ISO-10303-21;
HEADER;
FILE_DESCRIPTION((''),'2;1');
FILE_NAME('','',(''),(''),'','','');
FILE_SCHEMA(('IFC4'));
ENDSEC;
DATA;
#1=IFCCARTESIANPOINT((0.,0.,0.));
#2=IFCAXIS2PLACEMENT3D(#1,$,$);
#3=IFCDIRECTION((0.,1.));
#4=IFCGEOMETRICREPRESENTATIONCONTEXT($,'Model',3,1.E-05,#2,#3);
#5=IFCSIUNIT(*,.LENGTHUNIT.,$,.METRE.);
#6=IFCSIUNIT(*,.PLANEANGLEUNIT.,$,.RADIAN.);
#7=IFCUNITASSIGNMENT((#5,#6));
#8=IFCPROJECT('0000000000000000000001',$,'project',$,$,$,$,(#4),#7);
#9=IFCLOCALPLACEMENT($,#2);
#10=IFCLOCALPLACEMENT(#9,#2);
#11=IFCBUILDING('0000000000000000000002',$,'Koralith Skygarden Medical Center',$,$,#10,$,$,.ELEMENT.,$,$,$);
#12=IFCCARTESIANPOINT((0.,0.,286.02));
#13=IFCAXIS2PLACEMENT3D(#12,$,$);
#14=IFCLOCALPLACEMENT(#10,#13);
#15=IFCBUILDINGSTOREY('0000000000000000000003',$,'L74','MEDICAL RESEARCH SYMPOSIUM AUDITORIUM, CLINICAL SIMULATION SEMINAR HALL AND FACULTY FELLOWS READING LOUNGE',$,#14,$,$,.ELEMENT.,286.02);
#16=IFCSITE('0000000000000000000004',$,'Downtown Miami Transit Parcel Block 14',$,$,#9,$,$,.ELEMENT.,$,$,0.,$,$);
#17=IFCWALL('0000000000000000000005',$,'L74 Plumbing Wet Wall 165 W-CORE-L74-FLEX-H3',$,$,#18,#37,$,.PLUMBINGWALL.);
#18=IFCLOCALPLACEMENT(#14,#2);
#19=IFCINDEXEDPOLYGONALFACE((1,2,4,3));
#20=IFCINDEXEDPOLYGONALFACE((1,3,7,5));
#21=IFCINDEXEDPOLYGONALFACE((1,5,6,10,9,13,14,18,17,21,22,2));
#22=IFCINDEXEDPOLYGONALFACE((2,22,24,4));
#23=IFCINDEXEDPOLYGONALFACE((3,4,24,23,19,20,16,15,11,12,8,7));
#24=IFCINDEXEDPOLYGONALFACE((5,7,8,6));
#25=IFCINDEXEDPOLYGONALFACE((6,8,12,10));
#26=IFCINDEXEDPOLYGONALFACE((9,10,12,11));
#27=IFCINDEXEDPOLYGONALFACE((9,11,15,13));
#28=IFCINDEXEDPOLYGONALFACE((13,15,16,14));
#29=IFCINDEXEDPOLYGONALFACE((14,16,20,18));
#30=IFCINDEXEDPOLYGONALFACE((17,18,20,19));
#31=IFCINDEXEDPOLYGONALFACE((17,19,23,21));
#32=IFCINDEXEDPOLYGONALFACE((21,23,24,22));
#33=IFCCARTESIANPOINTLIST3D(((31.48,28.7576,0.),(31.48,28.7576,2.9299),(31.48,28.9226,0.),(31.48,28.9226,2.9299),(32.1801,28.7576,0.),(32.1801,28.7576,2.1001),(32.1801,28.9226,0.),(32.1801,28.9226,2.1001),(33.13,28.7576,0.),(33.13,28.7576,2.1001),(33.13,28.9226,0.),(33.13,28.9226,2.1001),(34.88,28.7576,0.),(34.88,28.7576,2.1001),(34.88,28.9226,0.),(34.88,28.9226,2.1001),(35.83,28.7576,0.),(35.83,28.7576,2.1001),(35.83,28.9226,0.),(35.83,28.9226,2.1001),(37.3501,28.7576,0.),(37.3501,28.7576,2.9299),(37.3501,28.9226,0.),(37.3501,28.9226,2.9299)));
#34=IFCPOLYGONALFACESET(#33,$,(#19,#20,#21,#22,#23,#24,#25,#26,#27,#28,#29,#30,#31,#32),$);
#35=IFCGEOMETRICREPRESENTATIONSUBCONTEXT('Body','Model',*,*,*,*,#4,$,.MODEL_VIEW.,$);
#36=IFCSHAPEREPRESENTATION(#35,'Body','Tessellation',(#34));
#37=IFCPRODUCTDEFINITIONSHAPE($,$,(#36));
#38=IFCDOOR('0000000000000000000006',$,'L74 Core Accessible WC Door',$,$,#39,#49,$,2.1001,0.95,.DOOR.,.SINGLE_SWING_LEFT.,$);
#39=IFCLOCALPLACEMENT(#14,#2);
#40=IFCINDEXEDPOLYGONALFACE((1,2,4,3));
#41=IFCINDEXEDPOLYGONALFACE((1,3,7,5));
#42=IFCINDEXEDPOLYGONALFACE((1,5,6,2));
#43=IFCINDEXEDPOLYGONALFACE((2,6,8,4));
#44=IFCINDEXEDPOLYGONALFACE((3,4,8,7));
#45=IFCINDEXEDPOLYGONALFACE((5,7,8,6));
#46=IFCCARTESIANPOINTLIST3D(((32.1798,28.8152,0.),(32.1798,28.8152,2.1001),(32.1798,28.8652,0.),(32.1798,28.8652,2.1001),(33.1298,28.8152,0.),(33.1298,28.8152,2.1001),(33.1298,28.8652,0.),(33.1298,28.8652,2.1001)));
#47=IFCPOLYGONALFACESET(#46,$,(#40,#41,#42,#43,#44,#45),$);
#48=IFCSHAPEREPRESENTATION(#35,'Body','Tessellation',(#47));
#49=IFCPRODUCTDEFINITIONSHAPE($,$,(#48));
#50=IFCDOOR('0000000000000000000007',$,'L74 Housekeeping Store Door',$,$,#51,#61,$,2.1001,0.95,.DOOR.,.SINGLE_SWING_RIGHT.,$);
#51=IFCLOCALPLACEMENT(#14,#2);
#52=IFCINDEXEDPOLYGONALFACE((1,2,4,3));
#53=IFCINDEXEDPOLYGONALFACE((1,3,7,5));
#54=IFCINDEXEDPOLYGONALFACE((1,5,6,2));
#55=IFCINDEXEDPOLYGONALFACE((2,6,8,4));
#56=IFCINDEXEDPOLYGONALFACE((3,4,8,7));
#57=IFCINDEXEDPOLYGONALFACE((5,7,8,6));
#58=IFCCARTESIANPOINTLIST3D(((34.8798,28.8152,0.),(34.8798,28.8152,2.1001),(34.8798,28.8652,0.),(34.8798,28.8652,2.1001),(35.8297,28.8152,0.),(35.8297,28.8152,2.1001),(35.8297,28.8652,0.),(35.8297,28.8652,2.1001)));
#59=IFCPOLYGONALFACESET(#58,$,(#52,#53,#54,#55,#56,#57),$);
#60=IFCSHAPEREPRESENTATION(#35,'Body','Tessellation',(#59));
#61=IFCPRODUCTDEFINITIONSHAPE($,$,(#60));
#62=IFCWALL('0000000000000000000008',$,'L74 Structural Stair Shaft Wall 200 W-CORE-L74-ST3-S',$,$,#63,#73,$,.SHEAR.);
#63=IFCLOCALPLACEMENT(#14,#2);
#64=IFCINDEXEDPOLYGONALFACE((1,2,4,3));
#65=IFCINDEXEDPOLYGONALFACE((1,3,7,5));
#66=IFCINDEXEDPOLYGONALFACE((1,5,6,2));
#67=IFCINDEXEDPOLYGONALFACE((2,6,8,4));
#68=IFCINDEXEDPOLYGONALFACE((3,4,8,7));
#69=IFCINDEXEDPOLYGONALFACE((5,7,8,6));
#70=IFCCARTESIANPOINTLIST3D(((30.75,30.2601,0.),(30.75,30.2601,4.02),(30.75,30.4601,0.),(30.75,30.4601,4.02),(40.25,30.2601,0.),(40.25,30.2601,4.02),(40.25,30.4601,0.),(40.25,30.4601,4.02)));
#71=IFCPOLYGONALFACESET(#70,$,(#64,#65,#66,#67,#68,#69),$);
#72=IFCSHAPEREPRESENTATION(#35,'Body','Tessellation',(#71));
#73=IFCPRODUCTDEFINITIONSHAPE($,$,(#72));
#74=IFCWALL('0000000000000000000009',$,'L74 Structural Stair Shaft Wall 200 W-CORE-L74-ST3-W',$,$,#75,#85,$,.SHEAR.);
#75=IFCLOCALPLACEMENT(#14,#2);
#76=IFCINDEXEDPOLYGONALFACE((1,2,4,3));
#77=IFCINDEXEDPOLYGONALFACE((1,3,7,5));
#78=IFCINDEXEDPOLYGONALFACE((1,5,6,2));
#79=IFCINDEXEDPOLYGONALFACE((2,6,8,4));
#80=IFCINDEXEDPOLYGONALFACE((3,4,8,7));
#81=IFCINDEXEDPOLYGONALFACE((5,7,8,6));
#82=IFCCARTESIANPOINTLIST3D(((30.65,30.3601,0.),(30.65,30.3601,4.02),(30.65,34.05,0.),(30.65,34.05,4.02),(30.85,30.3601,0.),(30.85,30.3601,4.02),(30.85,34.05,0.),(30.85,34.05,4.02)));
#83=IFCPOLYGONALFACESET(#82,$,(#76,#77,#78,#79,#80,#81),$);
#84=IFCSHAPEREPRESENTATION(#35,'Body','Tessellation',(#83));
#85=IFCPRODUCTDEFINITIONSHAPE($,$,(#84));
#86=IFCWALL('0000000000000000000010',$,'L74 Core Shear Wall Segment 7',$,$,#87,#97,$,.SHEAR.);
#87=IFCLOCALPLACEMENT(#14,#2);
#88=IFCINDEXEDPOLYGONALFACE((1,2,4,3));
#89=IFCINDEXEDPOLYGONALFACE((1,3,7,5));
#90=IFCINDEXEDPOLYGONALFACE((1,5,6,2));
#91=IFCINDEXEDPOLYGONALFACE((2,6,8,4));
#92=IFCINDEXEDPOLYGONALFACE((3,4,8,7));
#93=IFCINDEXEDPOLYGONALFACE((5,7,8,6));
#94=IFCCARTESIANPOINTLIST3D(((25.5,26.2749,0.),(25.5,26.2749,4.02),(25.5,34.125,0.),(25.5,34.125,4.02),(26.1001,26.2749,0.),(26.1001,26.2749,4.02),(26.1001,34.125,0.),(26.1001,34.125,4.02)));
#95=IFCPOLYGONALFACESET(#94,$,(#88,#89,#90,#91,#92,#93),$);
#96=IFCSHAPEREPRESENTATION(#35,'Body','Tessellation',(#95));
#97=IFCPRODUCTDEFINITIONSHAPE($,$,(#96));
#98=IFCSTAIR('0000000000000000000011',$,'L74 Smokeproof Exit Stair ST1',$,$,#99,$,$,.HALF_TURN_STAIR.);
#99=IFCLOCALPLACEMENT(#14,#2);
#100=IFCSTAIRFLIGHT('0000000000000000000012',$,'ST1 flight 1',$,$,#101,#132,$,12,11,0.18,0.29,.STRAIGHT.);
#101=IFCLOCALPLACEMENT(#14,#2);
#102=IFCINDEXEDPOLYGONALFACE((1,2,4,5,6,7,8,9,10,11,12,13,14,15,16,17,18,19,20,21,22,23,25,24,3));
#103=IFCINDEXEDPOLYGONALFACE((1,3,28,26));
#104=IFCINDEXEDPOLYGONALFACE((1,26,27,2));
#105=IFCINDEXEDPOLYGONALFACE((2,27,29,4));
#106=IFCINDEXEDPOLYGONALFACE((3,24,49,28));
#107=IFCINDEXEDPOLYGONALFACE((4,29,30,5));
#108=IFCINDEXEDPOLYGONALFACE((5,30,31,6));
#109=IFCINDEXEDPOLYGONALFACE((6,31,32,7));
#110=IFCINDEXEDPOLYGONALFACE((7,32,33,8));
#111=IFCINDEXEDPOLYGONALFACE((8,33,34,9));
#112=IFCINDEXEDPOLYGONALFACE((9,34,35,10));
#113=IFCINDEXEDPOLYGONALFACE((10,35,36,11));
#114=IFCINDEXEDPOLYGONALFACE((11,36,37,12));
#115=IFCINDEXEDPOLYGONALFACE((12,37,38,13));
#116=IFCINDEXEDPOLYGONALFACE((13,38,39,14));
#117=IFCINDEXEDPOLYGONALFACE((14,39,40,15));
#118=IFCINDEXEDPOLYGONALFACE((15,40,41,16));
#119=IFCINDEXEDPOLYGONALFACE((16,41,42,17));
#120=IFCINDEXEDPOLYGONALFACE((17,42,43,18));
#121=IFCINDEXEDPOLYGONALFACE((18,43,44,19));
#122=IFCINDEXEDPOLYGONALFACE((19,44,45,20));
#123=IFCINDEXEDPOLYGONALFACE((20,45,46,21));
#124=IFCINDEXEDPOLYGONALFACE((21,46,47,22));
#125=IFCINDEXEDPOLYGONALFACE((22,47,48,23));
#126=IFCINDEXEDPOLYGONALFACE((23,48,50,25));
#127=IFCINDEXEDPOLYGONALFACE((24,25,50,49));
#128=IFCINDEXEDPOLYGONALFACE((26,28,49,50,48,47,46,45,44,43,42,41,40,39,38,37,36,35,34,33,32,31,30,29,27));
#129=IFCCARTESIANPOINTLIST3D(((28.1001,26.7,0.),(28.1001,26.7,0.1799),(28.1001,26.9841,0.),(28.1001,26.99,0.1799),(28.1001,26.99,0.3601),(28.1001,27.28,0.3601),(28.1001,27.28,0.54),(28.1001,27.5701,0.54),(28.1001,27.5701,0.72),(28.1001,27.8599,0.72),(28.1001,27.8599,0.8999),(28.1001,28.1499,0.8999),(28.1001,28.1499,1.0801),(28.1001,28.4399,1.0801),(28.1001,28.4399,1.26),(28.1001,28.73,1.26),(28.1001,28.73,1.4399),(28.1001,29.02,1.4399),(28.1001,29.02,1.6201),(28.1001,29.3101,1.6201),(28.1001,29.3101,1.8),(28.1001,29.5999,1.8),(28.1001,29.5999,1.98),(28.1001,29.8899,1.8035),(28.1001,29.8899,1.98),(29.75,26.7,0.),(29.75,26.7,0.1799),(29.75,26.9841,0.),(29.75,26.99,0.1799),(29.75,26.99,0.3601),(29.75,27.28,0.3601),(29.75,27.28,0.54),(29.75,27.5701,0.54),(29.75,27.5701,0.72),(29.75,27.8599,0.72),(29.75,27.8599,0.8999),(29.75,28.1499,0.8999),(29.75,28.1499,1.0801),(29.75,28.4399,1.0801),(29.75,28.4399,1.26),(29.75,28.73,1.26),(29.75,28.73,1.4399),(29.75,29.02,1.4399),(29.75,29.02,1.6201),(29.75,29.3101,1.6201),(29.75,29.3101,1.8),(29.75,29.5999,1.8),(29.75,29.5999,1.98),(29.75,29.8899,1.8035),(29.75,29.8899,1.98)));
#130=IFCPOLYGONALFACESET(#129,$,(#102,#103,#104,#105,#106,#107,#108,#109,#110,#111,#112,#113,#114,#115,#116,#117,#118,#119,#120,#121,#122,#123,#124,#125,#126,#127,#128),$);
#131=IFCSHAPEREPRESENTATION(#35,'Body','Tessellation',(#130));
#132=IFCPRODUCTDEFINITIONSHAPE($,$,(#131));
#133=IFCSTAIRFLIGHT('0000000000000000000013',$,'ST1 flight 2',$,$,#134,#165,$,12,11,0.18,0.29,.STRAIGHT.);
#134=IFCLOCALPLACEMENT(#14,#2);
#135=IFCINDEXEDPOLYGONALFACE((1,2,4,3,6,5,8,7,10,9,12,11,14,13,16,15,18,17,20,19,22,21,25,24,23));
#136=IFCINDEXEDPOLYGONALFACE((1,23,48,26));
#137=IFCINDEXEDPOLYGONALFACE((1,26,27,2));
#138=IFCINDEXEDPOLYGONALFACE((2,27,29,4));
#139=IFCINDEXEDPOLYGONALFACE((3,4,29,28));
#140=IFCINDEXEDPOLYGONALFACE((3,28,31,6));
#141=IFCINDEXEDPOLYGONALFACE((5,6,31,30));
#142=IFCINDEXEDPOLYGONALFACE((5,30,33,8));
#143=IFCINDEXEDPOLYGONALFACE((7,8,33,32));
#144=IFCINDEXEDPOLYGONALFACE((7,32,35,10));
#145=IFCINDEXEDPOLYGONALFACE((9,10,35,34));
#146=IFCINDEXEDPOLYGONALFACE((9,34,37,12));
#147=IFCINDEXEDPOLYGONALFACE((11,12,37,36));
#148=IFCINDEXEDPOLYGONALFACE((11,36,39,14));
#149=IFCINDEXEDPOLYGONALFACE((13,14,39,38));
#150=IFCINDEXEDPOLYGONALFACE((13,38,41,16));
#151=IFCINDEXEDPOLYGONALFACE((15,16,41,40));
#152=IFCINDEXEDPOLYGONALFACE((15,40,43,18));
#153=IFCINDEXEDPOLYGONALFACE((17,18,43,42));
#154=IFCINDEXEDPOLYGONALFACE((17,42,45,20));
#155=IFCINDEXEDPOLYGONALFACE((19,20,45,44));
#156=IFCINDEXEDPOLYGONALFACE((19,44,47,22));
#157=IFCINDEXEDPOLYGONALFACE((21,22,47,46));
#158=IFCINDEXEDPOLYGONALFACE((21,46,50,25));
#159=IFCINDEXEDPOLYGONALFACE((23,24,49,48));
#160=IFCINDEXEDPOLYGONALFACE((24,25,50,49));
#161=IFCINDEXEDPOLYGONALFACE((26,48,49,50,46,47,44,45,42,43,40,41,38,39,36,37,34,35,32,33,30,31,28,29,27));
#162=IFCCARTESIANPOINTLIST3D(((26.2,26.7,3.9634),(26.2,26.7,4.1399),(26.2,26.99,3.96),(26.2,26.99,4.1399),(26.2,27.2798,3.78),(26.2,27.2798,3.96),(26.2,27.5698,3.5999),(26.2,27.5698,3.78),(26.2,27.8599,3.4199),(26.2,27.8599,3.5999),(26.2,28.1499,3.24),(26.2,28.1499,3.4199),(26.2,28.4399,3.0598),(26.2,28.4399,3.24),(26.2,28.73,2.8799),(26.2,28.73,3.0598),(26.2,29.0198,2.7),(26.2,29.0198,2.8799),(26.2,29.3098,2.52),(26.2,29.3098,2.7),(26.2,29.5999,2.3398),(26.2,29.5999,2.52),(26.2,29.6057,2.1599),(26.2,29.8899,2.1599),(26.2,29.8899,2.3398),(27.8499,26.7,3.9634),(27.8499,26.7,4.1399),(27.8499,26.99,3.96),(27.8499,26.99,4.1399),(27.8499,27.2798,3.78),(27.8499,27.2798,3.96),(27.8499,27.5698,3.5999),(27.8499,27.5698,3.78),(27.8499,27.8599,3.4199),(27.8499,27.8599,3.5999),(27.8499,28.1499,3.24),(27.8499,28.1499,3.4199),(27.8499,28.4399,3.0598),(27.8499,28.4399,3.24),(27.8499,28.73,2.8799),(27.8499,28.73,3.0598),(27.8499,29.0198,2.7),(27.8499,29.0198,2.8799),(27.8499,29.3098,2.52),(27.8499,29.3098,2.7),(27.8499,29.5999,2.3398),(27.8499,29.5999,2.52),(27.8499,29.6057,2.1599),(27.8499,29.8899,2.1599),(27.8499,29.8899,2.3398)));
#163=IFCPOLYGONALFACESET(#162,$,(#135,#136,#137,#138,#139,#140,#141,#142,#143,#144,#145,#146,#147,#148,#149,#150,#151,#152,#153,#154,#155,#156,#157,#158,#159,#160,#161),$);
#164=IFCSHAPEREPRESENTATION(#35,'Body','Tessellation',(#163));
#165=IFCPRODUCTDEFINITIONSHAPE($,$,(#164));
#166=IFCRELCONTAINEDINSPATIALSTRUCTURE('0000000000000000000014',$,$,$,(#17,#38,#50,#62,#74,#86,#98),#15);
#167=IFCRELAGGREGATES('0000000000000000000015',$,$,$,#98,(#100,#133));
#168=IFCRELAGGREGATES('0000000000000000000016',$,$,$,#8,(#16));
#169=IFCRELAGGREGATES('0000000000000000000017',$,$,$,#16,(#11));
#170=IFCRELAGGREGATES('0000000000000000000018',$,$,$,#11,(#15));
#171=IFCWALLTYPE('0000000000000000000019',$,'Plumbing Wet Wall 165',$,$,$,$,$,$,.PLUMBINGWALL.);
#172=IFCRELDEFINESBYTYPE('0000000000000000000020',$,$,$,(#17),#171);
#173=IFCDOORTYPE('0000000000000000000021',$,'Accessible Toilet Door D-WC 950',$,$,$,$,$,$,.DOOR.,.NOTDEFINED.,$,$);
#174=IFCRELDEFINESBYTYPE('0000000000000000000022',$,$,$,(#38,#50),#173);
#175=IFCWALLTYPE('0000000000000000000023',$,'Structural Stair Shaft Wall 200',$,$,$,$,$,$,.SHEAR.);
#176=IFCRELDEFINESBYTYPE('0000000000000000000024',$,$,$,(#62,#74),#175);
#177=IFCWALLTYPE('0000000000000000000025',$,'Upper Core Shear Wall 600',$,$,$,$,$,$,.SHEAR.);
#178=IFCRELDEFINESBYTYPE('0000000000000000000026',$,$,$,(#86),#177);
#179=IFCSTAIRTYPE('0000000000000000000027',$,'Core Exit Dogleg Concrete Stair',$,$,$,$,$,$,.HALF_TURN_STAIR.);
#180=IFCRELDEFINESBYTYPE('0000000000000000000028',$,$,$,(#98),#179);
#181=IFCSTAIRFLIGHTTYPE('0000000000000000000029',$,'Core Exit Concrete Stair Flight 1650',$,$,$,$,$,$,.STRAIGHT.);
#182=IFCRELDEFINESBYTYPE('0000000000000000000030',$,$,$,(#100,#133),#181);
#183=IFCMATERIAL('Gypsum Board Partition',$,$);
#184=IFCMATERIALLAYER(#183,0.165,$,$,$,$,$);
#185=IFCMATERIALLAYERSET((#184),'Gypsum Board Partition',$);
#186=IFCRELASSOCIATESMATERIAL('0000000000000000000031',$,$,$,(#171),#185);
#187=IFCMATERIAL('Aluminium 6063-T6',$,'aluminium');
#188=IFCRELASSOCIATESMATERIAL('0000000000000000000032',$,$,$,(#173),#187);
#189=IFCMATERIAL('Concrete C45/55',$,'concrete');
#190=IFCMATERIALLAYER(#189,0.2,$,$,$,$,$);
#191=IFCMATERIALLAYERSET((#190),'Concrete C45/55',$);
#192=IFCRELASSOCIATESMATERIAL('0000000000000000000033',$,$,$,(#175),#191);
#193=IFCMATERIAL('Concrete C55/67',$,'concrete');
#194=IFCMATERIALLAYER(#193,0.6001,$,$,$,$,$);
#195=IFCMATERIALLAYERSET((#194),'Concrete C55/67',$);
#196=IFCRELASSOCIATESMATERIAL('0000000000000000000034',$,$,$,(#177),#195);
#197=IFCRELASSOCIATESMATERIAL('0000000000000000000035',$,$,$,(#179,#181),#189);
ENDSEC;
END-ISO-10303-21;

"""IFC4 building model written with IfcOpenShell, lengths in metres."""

from ifc_helpers import new_model, si_unit, direction, frame, frame_2d, origin, place, context, subcontext, project, spatial, polyline, rectangle, outline, extrude, material, layer, layer_set, type_object, element, fill, aggregate, save


model = new_model("IFC4")

# Units and contexts
model_context = context("Model", 3, precision=1e-05, world=origin(), true_north=direction((0.0, 1.0)))
body_context = subcontext(model_context, "Body", "Model", "MODEL_VIEW")
ifc_project = project(units=[si_unit("LENGTHUNIT", "METRE"), si_unit("PLANEANGLEUNIT", "RADIAN")], contexts=[model_context])

# Site, building, storey
site_placement = place(None, origin())
site = spatial("IfcSite", under=ifc_project, at=site_placement, Name="Downtown Miami Transit Parcel Block 14", CompositionType="ELEMENT", RefElevation=0.0)
building_placement = place(site_placement, origin())
building = spatial("IfcBuilding", under=site, at=building_placement, Name="Koralith Skygarden Medical Center", CompositionType="ELEMENT")
storey_placement = place(building_placement, frame((0.0, 0.0, 286.02)))
storey = spatial("IfcBuildingStorey", under=building, at=storey_placement, Name="L74", Description="MEDICAL RESEARCH SYMPOSIUM AUDITORIUM, CLINICAL SIMULATION SEMINAR HALL AND FACULTY FELLOWS READING LOUNGE", CompositionType="ELEMENT", Elevation=286.02)

# Shared definitions
ifc_material_1 = material(Name="Concrete C55/67", Category="concrete")

# Shared definitions
ifc_material_2 = material(Name="Concrete C45/55", Category="concrete")

# Shared definitions
ifc_material_3 = material(Name="Gypsum Board Partition")

# Shared definitions
ifc_layer_1 = layer(ifc_material_3, 0.165)
ifc_layer_set_1 = layer_set([ifc_layer_1], Name="Gypsum Board Partition")
wall_type_1 = type_object("IfcWallType", Name="Plumbing Wet Wall 165", PredefinedType="PLUMBINGWALL", material=ifc_layer_set_1)
ifc_material_4 = material(Name="Aluminium 6063-T6", Category="aluminium")

# Wall, openings, doors
wall_1_placement = place(storey_placement, frame((31.48, 28.8401, 0.0), z_axis=(0.0, 0.0, 1.0), x_axis=(1.0, 0.0, 0.0)))
wall_1 = element("IfcWall", 1, at=wall_1_placement, inside=storey, type_object=wall_type_1, Name="L74 Plumbing Wet Wall 165 W-CORE-L74-FLEX-H3", PredefinedType="PLUMBINGWALL", context=body_context, shape_type="SweptSolid", body=[
    extrude(rectangle(XDim=5.8701, YDim=0.165, at=frame_2d((2.9351, 0.0))), origin(), (0.0, 0.0, 1.0), 2.9299),
])
opening_1_placement = place(wall_1_placement, frame((0.7, 0.0, 0.0)))
opening_1 = element("IfcOpeningElement", 2, at=opening_1_placement, cuts=wall_1, PredefinedType="OPENING", context=body_context, shape_type="SweptSolid", body=[
    extrude(rectangle(XDim=0.95, YDim=2.1001, at=frame_2d((0.4751, 1.05))), frame((0.0, 0.0925, 0.0), z_axis=(0.0, -1.0, 0.0), x_axis=(1.0, 0.0, 0.0)), (0.0, 0.0, 1.0), 0.1851),
])
opening_2_placement = place(wall_1_placement, frame((3.3999, 0.0, 0.0)))
opening_2 = element("IfcOpeningElement", 3, at=opening_2_placement, cuts=wall_1, PredefinedType="OPENING", context=body_context, shape_type="SweptSolid", body=[
    extrude(rectangle(XDim=0.95, YDim=2.1001, at=frame_2d((0.4751, 1.05))), frame((0.0, 0.0925, 0.0), z_axis=(0.0, -1.0, 0.0), x_axis=(1.0, 0.0, 0.0)), (0.0, 0.0, 1.0), 0.1851),
])
door_type_1 = type_object("IfcDoorType", Name="Accessible Toilet Door D-WC 950", OperationType="NOTDEFINED", PredefinedType="DOOR", material=ifc_material_4)
door_1_placement = place(opening_1_placement, frame((0.95, 0.0, 0.0), z_axis=(0.0, 0.0, 1.0), x_axis=(-1.0, 0.0, 0.0)))
door_1 = element("IfcDoor", 4, at=door_1_placement, inside=storey, type_object=door_type_1, Name="L74 Core Accessible WC Door", OperationType="SINGLE_SWING_LEFT", OverallHeight=2.1001, OverallWidth=0.95, PredefinedType="DOOR", context=body_context, shape_type="SweptSolid", body=[
    extrude(rectangle(XDim=0.95, YDim=2.1001, at=frame_2d((0.4751, 1.05))), frame((0.0, 0.0249, 0.0), z_axis=(0.0, -1.0, 0.0), x_axis=(1.0, 0.0, 0.0)), (0.0, 0.0, 1.0), 0.05),
])
fill(opening_1, door_1)
door_2_placement = place(opening_2_placement, frame((0.95, 0.0, 0.0), z_axis=(0.0, 0.0, 1.0), x_axis=(-1.0, 0.0, 0.0)))
door_2 = element("IfcDoor", 5, at=door_2_placement, inside=storey, type_object=door_type_1, Name="L74 Housekeeping Store Door", OperationType="SINGLE_SWING_RIGHT", OverallHeight=2.1001, OverallWidth=0.95, PredefinedType="DOOR", context=body_context, shape_type="SweptSolid", body=[
    extrude(rectangle(XDim=0.95, YDim=2.1001, at=frame_2d((0.4751, 1.05))), frame((0.0, 0.0249, 0.0), z_axis=(0.0, -1.0, 0.0), x_axis=(1.0, 0.0, 0.0)), (0.0, 0.0, 1.0), 0.05),
])
fill(opening_2, door_2)

# Walls
ifc_layer_2 = layer(ifc_material_2, 0.2)
ifc_layer_set_2 = layer_set([ifc_layer_2], Name="Concrete C45/55")
wall_type_2 = type_object("IfcWallType", Name="Structural Stair Shaft Wall 200", PredefinedType="SHEAR", material=ifc_layer_set_2)
wall_2_placement = place(storey_placement, frame((30.75, 30.3601, 0.0), z_axis=(0.0, 0.0, 1.0), x_axis=(1.0, 0.0, 0.0)))
element("IfcWall", 6, at=wall_2_placement, inside=storey, type_object=wall_type_2, Name="L74 Structural Stair Shaft Wall 200 W-CORE-L74-ST3-S", PredefinedType="SHEAR", context=body_context, shape_type="SweptSolid", body=[
    extrude(rectangle(XDim=9.5, YDim=0.2, at=frame_2d((4.75, 0.0))), origin(), (0.0, 0.0, 1.0), 4.02),
])
wall_3_placement = place(storey_placement, frame((30.75, 30.3601, 0.0), z_axis=(0.0, 0.0, 1.0), x_axis=(0.0, 1.0, 0.0)))
element("IfcWall", 7, at=wall_3_placement, inside=storey, type_object=wall_type_2, Name="L74 Structural Stair Shaft Wall 200 W-CORE-L74-ST3-W", PredefinedType="SHEAR", context=body_context, shape_type="SweptSolid", body=[
    extrude(rectangle(XDim=3.6899, YDim=0.2, at=frame_2d((1.845, 0.0))), origin(), (0.0, 0.0, 1.0), 4.02),
])
ifc_layer_3 = layer(ifc_material_1, 0.6001)
ifc_layer_set_3 = layer_set([ifc_layer_3], Name="Concrete C55/67")
wall_type_3 = type_object("IfcWallType", Name="Upper Core Shear Wall 600", PredefinedType="SHEAR", material=ifc_layer_set_3)
wall_4_placement = place(storey_placement, frame((25.8, 34.125, 0.0), z_axis=(0.0, 0.0, 1.0), x_axis=(0.0, -1.0, 0.0)))
element("IfcWall", 8, at=wall_4_placement, inside=storey, type_object=wall_type_3, Name="L74 Core Shear Wall Segment 7", PredefinedType="SHEAR", context=body_context, shape_type="SweptSolid", body=[
    extrude(rectangle(XDim=7.8501, YDim=0.6001, at=frame_2d((3.925, 0.0))), origin(), (0.0, 0.0, 1.0), 4.02),
])

# Stair, stair flights
stair_type = type_object("IfcStairType", Name="Core Exit Dogleg Concrete Stair", PredefinedType="HALF_TURN_STAIR", material=ifc_material_2)
stair_1_placement = place(storey_placement, origin())
stair_1 = element("IfcStair", 9, at=stair_1_placement, inside=storey, type_object=stair_type, Name="L74 Smokeproof Exit Stair ST1", PredefinedType="HALF_TURN_STAIR")
stair_flight_type = type_object("IfcStairFlightType", Name="Core Exit Concrete Stair Flight 1650", PredefinedType="STRAIGHT", material=ifc_material_2)
stair_flight_1_placement = place(storey_placement, frame((28.925, 26.7, 0.0), z_axis=(0.0, 0.0, 1.0), x_axis=(0.0, 1.0, 0.0)))
stair_flight_1 = element("IfcStairFlight", 10, at=stair_flight_1_placement, type_object=stair_flight_type, Name="ST1 flight 1", NumberOfRisers=12, NumberOfTreads=11, PredefinedType="STRAIGHT", RiserHeight=0.18, TreadLength=0.29, context=body_context, shape_type="SweptSolid", body=[
    extrude(outline(polyline([(0.0, 0.0), (0.0, 0.1799), (0.29, 0.1799), (0.29, 0.3601), (0.5801, 0.3601), (0.5801, 0.54), (0.8701, 0.54), (0.8701, 0.72), (1.1599, 0.72), (1.1599, 0.8999), (1.45, 0.8999), (1.45, 1.0801), (1.74, 1.0801), (1.74, 1.26), (2.03, 1.26), (2.03, 1.4399), (2.3201, 1.4399), (2.3201, 1.6201), (2.6101, 1.6201), (2.6101, 1.8), (2.8999, 1.8), (2.8999, 1.98), (3.1899, 1.98), (3.1899, 2.1599), (3.1899, 1.8035), (0.2842, 0.0), (0.0, 0.0)])), frame((0.0, 0.825, 0.0), z_axis=(0.0, -1.0, 0.0), x_axis=(1.0, 0.0, 0.0)), (0.0, 0.0, 1.0), 1.6499),
])
stair_flight_2_placement = place(storey_placement, frame((27.0249, 29.8899, 2.1599), z_axis=(0.0, 0.0, 1.0), x_axis=(0.0, -1.0, 0.0)))
stair_flight_2 = element("IfcStairFlight", 11, at=stair_flight_2_placement, type_object=stair_flight_type, Name="ST1 flight 2", NumberOfRisers=12, NumberOfTreads=11, PredefinedType="STRAIGHT", RiserHeight=0.18, TreadLength=0.29, context=body_context, shape_type="SweptSolid", body=[
    extrude(outline(polyline([(0.0, 0.0), (0.0, 0.1799), (0.29, 0.1799), (0.29, 0.3601), (0.5801, 0.3601), (0.5801, 0.54), (0.8701, 0.54), (0.8701, 0.72), (1.1599, 0.72), (1.1599, 0.8999), (1.45, 0.8999), (1.45, 1.0801), (1.74, 1.0801), (1.74, 1.26), (2.03, 1.26), (2.03, 1.4399), (2.3201, 1.4399), (2.3201, 1.6201), (2.6101, 1.6201), (2.6101, 1.8), (2.8999, 1.8), (2.8999, 1.98), (3.1899, 1.98), (3.1899, 2.1599), (3.1899, 1.8035), (0.2842, 0.0), (0.0, 0.0)])), frame((0.0, 0.825, 0.0), z_axis=(0.0, -1.0, 0.0), x_axis=(1.0, 0.0, 0.0)), (0.0, 0.0, 1.0), 1.6499),
])
aggregate(stair_1, [stair_flight_1, stair_flight_2])

save(model, "model.ifc")
